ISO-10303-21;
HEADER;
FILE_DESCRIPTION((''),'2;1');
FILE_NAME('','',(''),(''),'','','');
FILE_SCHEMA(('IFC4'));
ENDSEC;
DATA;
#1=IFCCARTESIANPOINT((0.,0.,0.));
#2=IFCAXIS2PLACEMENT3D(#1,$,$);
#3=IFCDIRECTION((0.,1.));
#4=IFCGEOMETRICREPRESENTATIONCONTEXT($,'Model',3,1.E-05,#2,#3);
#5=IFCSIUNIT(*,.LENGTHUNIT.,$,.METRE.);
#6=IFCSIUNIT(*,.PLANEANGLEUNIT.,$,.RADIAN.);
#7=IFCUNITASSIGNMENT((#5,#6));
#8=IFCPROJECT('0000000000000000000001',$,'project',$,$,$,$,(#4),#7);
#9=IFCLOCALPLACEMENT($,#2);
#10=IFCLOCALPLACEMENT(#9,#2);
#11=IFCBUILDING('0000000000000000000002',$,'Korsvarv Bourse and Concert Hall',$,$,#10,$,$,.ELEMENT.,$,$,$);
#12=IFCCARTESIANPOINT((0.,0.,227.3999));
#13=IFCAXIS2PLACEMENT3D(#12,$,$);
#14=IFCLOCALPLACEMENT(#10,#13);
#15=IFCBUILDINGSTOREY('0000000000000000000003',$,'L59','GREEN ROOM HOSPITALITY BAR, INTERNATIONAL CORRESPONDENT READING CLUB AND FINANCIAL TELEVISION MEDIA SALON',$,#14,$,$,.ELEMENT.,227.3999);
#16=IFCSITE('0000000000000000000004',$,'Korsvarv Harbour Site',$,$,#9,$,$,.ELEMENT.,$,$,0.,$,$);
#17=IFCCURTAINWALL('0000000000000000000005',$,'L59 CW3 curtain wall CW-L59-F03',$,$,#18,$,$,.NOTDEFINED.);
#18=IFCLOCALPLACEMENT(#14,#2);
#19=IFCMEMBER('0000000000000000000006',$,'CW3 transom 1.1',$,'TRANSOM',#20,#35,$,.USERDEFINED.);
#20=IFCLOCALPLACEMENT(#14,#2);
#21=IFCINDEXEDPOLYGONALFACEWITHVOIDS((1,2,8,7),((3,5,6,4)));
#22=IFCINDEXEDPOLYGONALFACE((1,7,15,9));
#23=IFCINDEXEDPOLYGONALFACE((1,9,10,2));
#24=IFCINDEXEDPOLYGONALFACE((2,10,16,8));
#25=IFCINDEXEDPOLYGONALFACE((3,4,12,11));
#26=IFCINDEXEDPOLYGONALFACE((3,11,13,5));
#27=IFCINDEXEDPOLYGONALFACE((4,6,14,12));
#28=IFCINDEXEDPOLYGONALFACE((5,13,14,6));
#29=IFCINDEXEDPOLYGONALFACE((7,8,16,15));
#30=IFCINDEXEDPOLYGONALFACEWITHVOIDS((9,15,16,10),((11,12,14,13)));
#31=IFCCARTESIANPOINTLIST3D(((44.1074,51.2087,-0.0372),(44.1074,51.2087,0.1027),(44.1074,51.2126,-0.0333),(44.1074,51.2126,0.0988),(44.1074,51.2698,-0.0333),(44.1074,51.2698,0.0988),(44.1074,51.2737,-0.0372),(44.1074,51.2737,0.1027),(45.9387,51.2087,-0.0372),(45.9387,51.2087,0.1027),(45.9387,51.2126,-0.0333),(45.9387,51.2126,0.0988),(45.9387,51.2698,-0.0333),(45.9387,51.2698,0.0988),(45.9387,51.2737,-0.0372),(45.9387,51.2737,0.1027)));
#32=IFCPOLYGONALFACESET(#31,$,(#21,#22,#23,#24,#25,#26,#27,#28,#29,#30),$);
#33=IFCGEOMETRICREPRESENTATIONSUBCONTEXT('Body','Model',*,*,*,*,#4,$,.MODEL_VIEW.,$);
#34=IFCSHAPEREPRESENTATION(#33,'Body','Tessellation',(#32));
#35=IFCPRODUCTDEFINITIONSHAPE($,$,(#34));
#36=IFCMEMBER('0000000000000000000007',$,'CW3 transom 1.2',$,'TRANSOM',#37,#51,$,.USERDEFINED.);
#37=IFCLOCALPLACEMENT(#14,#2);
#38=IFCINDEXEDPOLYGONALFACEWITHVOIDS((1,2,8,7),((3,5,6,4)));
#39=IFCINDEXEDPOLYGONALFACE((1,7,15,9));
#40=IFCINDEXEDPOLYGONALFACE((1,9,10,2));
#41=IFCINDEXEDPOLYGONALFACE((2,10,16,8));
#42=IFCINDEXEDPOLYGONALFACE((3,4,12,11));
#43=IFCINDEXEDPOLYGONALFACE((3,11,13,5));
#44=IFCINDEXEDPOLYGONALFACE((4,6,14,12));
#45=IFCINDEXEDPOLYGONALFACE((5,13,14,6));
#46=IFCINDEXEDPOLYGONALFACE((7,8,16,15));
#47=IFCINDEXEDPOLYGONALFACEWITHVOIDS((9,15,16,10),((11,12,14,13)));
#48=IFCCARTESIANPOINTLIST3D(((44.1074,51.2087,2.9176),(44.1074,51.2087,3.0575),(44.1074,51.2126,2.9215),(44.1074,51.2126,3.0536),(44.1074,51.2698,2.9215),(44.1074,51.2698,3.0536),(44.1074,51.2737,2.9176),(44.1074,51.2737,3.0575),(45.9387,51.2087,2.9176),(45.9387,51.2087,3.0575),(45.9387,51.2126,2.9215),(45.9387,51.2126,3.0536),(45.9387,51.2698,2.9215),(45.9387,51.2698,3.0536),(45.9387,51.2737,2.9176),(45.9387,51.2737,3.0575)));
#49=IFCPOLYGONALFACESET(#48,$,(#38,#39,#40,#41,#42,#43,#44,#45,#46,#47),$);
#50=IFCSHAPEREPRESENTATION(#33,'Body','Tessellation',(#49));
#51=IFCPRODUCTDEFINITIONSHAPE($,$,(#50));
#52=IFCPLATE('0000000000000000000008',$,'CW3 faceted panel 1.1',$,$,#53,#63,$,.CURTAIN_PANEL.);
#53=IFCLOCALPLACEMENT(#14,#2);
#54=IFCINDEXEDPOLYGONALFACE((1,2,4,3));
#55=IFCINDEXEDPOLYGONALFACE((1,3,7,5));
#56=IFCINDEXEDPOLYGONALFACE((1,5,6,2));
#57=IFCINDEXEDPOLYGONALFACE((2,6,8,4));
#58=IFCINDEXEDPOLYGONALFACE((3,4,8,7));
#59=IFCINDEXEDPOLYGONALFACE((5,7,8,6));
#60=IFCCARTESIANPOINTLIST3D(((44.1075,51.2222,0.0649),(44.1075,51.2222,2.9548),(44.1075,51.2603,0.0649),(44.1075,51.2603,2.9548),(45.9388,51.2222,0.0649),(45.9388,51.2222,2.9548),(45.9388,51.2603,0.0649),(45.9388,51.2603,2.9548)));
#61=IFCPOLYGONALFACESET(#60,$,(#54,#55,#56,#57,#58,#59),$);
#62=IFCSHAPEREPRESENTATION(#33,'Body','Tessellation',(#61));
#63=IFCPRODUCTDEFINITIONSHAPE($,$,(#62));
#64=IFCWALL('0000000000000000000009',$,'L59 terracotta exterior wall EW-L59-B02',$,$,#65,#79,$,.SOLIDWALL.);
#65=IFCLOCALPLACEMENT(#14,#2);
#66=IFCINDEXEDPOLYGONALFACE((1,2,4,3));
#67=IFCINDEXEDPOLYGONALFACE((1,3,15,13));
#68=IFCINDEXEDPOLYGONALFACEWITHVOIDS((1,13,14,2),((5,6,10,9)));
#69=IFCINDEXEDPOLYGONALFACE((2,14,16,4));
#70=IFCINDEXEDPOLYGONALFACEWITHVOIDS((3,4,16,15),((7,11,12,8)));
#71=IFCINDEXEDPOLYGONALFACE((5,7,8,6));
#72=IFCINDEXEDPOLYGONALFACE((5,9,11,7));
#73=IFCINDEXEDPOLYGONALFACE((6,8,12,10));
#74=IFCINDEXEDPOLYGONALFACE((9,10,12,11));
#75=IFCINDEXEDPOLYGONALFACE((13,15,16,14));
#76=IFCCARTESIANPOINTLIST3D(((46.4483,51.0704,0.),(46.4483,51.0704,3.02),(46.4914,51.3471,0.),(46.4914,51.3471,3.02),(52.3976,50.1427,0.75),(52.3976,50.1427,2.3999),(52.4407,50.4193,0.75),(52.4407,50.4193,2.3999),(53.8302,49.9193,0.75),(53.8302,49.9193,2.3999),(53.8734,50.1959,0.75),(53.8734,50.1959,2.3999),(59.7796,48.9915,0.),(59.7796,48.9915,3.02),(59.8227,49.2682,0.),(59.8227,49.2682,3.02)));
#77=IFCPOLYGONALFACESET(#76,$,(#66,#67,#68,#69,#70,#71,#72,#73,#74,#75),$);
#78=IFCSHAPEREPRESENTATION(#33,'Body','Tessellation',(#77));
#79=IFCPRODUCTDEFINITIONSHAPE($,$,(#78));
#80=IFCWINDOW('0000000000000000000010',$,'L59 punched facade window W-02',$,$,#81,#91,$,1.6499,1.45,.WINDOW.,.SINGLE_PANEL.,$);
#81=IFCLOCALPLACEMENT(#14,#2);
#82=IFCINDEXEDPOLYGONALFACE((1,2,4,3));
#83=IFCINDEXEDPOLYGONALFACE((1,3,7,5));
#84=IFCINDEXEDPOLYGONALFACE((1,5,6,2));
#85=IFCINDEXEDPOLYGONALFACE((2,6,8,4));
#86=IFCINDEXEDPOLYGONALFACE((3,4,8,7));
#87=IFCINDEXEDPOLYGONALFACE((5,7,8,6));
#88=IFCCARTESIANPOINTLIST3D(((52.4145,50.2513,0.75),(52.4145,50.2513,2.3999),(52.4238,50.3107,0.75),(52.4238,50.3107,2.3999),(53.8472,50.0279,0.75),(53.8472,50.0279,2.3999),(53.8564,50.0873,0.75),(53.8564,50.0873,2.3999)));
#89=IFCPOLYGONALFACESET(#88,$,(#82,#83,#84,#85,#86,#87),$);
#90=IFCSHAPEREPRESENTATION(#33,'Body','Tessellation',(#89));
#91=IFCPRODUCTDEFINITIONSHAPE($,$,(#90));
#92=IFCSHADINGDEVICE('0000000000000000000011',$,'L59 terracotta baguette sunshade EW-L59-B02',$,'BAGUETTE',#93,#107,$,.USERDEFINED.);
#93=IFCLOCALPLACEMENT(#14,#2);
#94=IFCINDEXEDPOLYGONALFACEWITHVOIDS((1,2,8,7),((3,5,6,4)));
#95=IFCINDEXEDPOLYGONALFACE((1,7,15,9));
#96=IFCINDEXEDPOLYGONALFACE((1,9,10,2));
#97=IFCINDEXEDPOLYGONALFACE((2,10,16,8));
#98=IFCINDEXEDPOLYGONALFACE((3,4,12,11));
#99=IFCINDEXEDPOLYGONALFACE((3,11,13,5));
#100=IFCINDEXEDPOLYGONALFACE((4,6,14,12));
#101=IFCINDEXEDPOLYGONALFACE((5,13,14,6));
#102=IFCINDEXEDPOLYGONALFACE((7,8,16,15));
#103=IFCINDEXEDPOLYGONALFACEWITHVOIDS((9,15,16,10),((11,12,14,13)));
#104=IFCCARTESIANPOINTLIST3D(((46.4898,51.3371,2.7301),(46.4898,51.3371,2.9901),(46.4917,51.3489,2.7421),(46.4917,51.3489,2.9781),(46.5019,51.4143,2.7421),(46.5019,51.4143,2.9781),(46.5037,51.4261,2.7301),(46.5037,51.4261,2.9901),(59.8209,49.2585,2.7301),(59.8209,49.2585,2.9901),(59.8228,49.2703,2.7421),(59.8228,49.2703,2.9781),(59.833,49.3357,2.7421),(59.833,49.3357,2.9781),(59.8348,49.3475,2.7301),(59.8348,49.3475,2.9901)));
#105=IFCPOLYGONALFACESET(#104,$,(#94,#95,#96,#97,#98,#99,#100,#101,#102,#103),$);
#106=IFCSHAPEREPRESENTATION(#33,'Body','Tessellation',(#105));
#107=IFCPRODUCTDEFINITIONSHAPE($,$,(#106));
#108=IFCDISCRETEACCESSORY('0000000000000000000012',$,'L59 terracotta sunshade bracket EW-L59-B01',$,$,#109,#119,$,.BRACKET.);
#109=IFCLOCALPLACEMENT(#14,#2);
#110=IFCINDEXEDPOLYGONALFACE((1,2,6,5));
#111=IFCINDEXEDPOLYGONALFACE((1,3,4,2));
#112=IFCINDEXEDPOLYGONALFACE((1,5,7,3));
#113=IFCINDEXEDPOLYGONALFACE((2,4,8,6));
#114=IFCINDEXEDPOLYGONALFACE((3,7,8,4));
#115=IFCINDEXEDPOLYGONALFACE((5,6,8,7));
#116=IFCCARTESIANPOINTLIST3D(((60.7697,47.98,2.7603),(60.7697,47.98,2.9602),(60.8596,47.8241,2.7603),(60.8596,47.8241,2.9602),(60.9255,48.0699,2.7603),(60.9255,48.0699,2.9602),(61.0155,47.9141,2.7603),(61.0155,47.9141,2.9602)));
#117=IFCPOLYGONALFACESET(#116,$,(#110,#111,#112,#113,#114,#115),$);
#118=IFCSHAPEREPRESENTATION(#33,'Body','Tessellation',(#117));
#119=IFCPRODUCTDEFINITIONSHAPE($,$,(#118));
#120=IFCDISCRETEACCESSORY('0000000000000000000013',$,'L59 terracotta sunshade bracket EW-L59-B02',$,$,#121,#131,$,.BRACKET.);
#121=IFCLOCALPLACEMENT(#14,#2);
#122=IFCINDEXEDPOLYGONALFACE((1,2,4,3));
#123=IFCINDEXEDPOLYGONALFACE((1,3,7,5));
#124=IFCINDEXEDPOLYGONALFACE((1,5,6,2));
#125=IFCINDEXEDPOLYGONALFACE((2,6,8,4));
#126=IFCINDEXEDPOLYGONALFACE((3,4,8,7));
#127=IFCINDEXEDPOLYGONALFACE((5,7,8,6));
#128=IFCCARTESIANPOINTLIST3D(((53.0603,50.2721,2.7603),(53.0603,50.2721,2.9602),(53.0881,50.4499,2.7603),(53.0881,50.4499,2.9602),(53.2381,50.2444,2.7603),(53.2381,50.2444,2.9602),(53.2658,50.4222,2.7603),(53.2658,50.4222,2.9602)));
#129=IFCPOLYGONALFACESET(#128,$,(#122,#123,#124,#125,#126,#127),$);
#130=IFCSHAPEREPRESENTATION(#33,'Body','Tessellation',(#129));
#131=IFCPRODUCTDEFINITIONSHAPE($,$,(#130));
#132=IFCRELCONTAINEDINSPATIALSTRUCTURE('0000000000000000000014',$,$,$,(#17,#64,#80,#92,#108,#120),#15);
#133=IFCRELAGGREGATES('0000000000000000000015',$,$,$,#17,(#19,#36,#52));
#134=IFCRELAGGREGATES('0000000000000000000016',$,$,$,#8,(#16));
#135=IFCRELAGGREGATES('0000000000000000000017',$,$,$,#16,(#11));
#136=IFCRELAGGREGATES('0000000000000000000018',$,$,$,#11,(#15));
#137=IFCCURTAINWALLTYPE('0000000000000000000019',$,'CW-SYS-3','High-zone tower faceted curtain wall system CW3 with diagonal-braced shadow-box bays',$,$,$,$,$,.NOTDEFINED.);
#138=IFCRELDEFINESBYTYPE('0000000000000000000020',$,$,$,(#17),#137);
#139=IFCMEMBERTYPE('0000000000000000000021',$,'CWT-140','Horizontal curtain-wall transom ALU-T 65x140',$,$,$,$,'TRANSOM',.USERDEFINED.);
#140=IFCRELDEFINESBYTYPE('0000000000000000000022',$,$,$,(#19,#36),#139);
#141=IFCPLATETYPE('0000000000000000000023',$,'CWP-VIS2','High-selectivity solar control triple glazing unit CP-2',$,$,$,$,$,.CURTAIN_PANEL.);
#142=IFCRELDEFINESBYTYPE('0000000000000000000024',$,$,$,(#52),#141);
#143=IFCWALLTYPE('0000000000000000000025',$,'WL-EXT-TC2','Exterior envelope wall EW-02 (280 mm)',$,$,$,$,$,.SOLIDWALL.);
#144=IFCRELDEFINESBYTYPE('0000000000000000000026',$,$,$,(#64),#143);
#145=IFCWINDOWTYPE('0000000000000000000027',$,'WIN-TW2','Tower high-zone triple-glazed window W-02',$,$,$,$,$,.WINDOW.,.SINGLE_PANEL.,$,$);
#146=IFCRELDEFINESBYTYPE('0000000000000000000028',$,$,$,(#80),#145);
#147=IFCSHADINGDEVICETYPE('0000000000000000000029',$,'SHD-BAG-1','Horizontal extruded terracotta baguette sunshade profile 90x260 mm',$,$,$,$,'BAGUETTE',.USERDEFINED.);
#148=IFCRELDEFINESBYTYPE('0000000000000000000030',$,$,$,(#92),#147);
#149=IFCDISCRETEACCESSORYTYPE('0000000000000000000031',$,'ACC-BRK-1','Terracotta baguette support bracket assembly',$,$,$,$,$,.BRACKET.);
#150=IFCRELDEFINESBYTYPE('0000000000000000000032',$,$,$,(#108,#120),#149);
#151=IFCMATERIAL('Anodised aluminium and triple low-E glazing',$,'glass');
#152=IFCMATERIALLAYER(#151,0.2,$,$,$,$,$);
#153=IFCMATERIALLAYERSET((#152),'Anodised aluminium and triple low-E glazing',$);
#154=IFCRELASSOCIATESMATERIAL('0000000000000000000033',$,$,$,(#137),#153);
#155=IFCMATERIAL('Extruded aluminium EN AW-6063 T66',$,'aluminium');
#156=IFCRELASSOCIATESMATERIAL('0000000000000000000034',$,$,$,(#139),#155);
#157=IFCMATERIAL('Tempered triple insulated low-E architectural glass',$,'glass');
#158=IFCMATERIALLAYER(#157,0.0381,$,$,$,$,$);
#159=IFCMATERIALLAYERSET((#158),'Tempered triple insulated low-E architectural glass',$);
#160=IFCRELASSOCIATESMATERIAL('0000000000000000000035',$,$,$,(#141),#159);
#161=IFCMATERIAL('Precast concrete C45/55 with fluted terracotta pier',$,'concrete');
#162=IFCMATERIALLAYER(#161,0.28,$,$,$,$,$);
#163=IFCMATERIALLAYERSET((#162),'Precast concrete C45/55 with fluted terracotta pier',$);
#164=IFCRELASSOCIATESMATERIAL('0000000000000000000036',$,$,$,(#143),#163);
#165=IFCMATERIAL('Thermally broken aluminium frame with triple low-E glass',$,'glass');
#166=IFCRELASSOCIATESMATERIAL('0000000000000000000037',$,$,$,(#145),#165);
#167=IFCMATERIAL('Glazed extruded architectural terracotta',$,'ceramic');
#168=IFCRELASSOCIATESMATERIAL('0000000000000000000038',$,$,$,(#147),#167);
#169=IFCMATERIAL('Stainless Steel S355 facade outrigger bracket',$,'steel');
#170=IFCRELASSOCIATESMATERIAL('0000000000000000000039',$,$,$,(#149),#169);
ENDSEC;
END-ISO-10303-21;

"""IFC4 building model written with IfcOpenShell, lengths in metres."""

from ifc_helpers import new_model, si_unit, direction, frame, frame_2d, origin, origin_2d, place, context, subcontext, project, spatial, rectangle, hollow_rectangle, extrude, source, transform, mapped, material, layer, layer_set, material_profile, profile_set, type_object, element, fill, aggregate, save


model = new_model("IFC4")

# Units and contexts
model_context = context("Model", 3, precision=1e-05, world=origin(), true_north=direction((0.0, 1.0)))
body_context = subcontext(model_context, "Body", "Model", "MODEL_VIEW")
ifc_project = project(units=[si_unit("LENGTHUNIT", "METRE"), si_unit("PLANEANGLEUNIT", "RADIAN")], contexts=[model_context])

# Site, building, storey
site_placement = place(None, origin())
site = spatial("IfcSite", under=ifc_project, at=site_placement, Name="Korsvarv Harbour Site", CompositionType="ELEMENT", RefElevation=0.0)
building_placement = place(site_placement, origin())
building = spatial("IfcBuilding", under=site, at=building_placement, Name="Korsvarv Bourse and Concert Hall", CompositionType="ELEMENT")
storey_placement = place(building_placement, frame((0.0, 0.0, 227.3999)))
storey = spatial("IfcBuildingStorey", under=building, at=storey_placement, Name="L59", Description="GREEN ROOM HOSPITALITY BAR, INTERNATIONAL CORRESPONDENT READING CLUB AND FINANCIAL TELEVISION MEDIA SALON", CompositionType="ELEMENT", Elevation=227.3999)

# Curtain wall, members, plate
ifc_material_1 = material(Name="Anodised aluminium and triple low-E glazing", Category="glass")
ifc_layer_1 = layer(ifc_material_1, 0.2)
ifc_layer_set_1 = layer_set([ifc_layer_1], Name="Anodised aluminium and triple low-E glazing")
curtain_wall_type = type_object("IfcCurtainWallType", Name="CW-SYS-3", Description="High-zone tower faceted curtain wall system CW3 with diagonal-braced shadow-box bays", PredefinedType="NOTDEFINED", material=ifc_layer_set_1)
curtain_wall_placement = place(storey_placement, origin())
curtain_wall = element("IfcCurtainWall", 1, at=curtain_wall_placement, inside=storey, type_object=curtain_wall_type, Name="L59 CW3 curtain wall CW-L59-F03", PredefinedType="NOTDEFINED")
ifc_material_2 = material(Name="Extruded aluminium EN AW-6063 T66", Category="aluminium")
ifc_material_profile_1 = material_profile(ifc_material_2, hollow_rectangle(XDim=0.0649, YDim=0.1399, WallThickness=0.0039, at=origin_2d()), Name="ALU-T 65x140")
ifc_profile_set_1 = profile_set([ifc_material_profile_1], Name="Extruded aluminium EN AW-6063 T66")
member_type_1 = type_object("IfcMemberType", Name="CWT-140", Description="Horizontal curtain-wall transom ALU-T 65x140", ElementType="TRANSOM", PredefinedType="USERDEFINED", material=ifc_profile_set_1)
shared_shape_1 = source(origin(), body_context, "Body", "SweptSolid", [
    extrude(hollow_rectangle(XDim=0.0649, YDim=0.1399, WallThickness=0.0039, at=origin_2d()), origin(), (0.0, 0.0, 1.0), 1.8313),
])
member_1_placement = place(storey_placement, frame((45.9387, 51.2412, 0.0327), z_axis=(-1.0, 0.0, 0.0), x_axis=(0.0, -1.0, 0.0)))
member_1 = element("IfcMember", 2, at=member_1_placement, type_object=member_type_1, Name="CW3 transom 1.1", ObjectType="TRANSOM", PredefinedType="USERDEFINED", context=body_context, shape_type="MappedRepresentation", body=[
    mapped(shared_shape_1, transform((0.0, 0.0, 0.0), scale=1.0)),
])
member_2_placement = place(storey_placement, frame((45.9387, 51.2412, 2.9875), z_axis=(-1.0, 0.0, 0.0), x_axis=(0.0, -1.0, 0.0)))
member_2 = element("IfcMember", 3, at=member_2_placement, type_object=member_type_1, Name="CW3 transom 1.2", ObjectType="TRANSOM", PredefinedType="USERDEFINED", context=body_context, shape_type="MappedRepresentation", body=[
    mapped(shared_shape_1, transform((0.0, 0.0, 0.0), scale=1.0)),
])
ifc_material_3 = material(Name="Tempered triple insulated low-E architectural glass", Category="glass")
ifc_layer_2 = layer(ifc_material_3, 0.0381)
ifc_layer_set_2 = layer_set([ifc_layer_2], Name="Tempered triple insulated low-E architectural glass")
plate_type = type_object("IfcPlateType", Name="CWP-VIS2", Description="High-selectivity solar control triple glazing unit CP-2", PredefinedType="CURTAIN_PANEL", material=ifc_layer_set_2)
shared_shape_2 = source(origin(), body_context, "Body", "SweptSolid", [
    extrude(rectangle(XDim=1.8313, YDim=0.0381, at=origin_2d()), origin(), (0.0, 0.0, 1.0), 2.8899),
])
plate_placement = place(storey_placement, frame((45.0232, 51.2412, 0.0649), z_axis=(0.0, 0.0, 1.0), x_axis=(-1.0, 0.0, 0.0)))
plate = element("IfcPlate", 4, at=plate_placement, type_object=plate_type, Name="CW3 faceted panel 1.1", PredefinedType="CURTAIN_PANEL", context=body_context, shape_type="MappedRepresentation", body=[
    mapped(shared_shape_2, transform((0.0, 0.0, 0.0), scale=1.0)),
])
aggregate(curtain_wall, [member_1, member_2, plate])

# Wall, opening, window
ifc_material_4 = material(Name="Precast concrete C45/55 with fluted terracotta pier", Category="concrete")
ifc_layer_3 = layer(ifc_material_4, 0.28)
ifc_layer_set_3 = layer_set([ifc_layer_3], Name="Precast concrete C45/55 with fluted terracotta pier")
wall_type = type_object("IfcWallType", Name="WL-EXT-TC2", Description="Exterior envelope wall EW-02 (280 mm)", PredefinedType="SOLIDWALL", material=ifc_layer_set_3)
wall_placement = place(storey_placement, frame((59.801, 49.1299, 0.0), z_axis=(0.0, 0.0, 1.0), x_axis=(-0.988059, 0.154076, 0.0)))
wall = element("IfcWall", 5, at=wall_placement, inside=storey, type_object=wall_type, Name="L59 terracotta exterior wall EW-L59-B02", PredefinedType="SOLIDWALL", context=body_context, shape_type="SweptSolid", body=[
    extrude(rectangle(XDim=13.4924, YDim=0.28, at=frame_2d((6.7461, 0.0))), origin(), (0.0, 0.0, 1.0), 3.02),
])
opening_placement = place(wall_placement, frame((6.021, 0.0, 0.75)))
opening = element("IfcOpeningElement", 6, at=opening_placement, cuts=wall, PredefinedType="OPENING", context=body_context, shape_type="SweptSolid", body=[
    extrude(rectangle(XDim=1.45, YDim=1.6499, at=frame_2d((0.7251, 0.825))), frame((0.0, 0.1499, 0.0), z_axis=(0.0, -1.0, 0.0), x_axis=(1.0, 0.0, 0.0)), (0.0, 0.0, 1.0), 0.3),
])
ifc_material_5 = material(Name="Thermally broken aluminium frame with triple low-E glass", Category="glass")
window_type = type_object("IfcWindowType", Name="WIN-TW2", Description="Tower high-zone triple-glazed window W-02", PartitioningType="SINGLE_PANEL", PredefinedType="WINDOW", material=ifc_material_5)
window_placement = place(opening_placement, origin())
window = element("IfcWindow", 7, at=window_placement, inside=storey, type_object=window_type, Name="L59 punched facade window W-02", OverallHeight=1.6499, OverallWidth=1.45, PartitioningType="SINGLE_PANEL", PredefinedType="WINDOW", context=body_context, shape_type="SweptSolid", body=[
    extrude(rectangle(XDim=1.45, YDim=1.6499, at=frame_2d((0.7251, 0.825))), frame((0.0, 0.03, 0.0), z_axis=(0.0, -1.0, 0.0), x_axis=(1.0, 0.0, 0.0)), (0.0, 0.0, 1.0), 0.0601),
])
fill(opening, window)

# Shading device
ifc_material_6 = material(Name="Glazed extruded architectural terracotta", Category="ceramic")
ifc_material_profile_2 = material_profile(ifc_material_6, hollow_rectangle(XDim=0.0901, YDim=0.26, WallThickness=0.012, at=origin_2d()), Name="TC-BAG 90x260")
ifc_profile_set_2 = profile_set([ifc_material_profile_2], Name="Glazed extruded architectural terracotta")
shading_device_type = type_object("IfcShadingDeviceType", Name="SHD-BAG-1", Description="Horizontal extruded terracotta baguette sunshade profile 90x260 mm", ElementType="BAGUETTE", PredefinedType="USERDEFINED", material=ifc_profile_set_2)
shared_shape_3 = source(origin(), body_context, "Body", "SweptSolid", [
    extrude(hollow_rectangle(XDim=0.0901, YDim=0.26, WallThickness=0.012, at=origin_2d()), origin(), (0.0, 0.0, 1.0), 13.4922),
])
shading_device_placement = place(storey_placement, frame((59.8279, 49.303, 2.8601), z_axis=(-0.988061, 0.154061, 0.0), x_axis=(-0.154061, -0.988061, 0.0)))
element("IfcShadingDevice", 8, at=shading_device_placement, inside=storey, type_object=shading_device_type, Name="L59 terracotta baguette sunshade EW-L59-B02", ObjectType="BAGUETTE", PredefinedType="USERDEFINED", context=body_context, shape_type="MappedRepresentation", body=[
    mapped(shared_shape_3, transform((0.0, 0.0, 0.0), scale=1.0)),
])

# Discrete accessories
ifc_material_7 = material(Name="Stainless Steel S355 facade outrigger bracket", Category="steel")
discrete_accessory_type = type_object("IfcDiscreteAccessoryType", Name="ACC-BRK-1", Description="Terracotta baguette support bracket assembly", PredefinedType="BRACKET", material=ifc_material_7)
shared_shape_4 = source(origin(), body_context, "Body", "SweptSolid", [
    extrude(rectangle(XDim=0.1799, YDim=0.1799, at=origin_2d()), origin(), (0.0, 0.0, 1.0), 0.2),
])
for number, where, z_axis, x_axis, name in (
    (9, (60.8926, 47.947, 2.7603), (0.0, 0.0, 1.0), (-0.5, 0.866025, 0.0), "L59 terracotta sunshade bracket EW-L59-B01"),
    (10, (53.1631, 50.3472, 2.7603), (0.0, 0.0, 1.0), (-0.988068, 0.154021, 0.0), "L59 terracotta sunshade bracket EW-L59-B02"),
):
    element("IfcDiscreteAccessory", number, at=place(storey_placement, frame(where, z_axis=z_axis, x_axis=x_axis)), inside=storey, type_object=discrete_accessory_type, Name=name, PredefinedType="BRACKET", context=body_context, shape_type="MappedRepresentation", body=[
        mapped(shared_shape_4, transform((0.0, 0.0, 0.0), scale=1.0)),
    ])

save(model, "model.ifc")
